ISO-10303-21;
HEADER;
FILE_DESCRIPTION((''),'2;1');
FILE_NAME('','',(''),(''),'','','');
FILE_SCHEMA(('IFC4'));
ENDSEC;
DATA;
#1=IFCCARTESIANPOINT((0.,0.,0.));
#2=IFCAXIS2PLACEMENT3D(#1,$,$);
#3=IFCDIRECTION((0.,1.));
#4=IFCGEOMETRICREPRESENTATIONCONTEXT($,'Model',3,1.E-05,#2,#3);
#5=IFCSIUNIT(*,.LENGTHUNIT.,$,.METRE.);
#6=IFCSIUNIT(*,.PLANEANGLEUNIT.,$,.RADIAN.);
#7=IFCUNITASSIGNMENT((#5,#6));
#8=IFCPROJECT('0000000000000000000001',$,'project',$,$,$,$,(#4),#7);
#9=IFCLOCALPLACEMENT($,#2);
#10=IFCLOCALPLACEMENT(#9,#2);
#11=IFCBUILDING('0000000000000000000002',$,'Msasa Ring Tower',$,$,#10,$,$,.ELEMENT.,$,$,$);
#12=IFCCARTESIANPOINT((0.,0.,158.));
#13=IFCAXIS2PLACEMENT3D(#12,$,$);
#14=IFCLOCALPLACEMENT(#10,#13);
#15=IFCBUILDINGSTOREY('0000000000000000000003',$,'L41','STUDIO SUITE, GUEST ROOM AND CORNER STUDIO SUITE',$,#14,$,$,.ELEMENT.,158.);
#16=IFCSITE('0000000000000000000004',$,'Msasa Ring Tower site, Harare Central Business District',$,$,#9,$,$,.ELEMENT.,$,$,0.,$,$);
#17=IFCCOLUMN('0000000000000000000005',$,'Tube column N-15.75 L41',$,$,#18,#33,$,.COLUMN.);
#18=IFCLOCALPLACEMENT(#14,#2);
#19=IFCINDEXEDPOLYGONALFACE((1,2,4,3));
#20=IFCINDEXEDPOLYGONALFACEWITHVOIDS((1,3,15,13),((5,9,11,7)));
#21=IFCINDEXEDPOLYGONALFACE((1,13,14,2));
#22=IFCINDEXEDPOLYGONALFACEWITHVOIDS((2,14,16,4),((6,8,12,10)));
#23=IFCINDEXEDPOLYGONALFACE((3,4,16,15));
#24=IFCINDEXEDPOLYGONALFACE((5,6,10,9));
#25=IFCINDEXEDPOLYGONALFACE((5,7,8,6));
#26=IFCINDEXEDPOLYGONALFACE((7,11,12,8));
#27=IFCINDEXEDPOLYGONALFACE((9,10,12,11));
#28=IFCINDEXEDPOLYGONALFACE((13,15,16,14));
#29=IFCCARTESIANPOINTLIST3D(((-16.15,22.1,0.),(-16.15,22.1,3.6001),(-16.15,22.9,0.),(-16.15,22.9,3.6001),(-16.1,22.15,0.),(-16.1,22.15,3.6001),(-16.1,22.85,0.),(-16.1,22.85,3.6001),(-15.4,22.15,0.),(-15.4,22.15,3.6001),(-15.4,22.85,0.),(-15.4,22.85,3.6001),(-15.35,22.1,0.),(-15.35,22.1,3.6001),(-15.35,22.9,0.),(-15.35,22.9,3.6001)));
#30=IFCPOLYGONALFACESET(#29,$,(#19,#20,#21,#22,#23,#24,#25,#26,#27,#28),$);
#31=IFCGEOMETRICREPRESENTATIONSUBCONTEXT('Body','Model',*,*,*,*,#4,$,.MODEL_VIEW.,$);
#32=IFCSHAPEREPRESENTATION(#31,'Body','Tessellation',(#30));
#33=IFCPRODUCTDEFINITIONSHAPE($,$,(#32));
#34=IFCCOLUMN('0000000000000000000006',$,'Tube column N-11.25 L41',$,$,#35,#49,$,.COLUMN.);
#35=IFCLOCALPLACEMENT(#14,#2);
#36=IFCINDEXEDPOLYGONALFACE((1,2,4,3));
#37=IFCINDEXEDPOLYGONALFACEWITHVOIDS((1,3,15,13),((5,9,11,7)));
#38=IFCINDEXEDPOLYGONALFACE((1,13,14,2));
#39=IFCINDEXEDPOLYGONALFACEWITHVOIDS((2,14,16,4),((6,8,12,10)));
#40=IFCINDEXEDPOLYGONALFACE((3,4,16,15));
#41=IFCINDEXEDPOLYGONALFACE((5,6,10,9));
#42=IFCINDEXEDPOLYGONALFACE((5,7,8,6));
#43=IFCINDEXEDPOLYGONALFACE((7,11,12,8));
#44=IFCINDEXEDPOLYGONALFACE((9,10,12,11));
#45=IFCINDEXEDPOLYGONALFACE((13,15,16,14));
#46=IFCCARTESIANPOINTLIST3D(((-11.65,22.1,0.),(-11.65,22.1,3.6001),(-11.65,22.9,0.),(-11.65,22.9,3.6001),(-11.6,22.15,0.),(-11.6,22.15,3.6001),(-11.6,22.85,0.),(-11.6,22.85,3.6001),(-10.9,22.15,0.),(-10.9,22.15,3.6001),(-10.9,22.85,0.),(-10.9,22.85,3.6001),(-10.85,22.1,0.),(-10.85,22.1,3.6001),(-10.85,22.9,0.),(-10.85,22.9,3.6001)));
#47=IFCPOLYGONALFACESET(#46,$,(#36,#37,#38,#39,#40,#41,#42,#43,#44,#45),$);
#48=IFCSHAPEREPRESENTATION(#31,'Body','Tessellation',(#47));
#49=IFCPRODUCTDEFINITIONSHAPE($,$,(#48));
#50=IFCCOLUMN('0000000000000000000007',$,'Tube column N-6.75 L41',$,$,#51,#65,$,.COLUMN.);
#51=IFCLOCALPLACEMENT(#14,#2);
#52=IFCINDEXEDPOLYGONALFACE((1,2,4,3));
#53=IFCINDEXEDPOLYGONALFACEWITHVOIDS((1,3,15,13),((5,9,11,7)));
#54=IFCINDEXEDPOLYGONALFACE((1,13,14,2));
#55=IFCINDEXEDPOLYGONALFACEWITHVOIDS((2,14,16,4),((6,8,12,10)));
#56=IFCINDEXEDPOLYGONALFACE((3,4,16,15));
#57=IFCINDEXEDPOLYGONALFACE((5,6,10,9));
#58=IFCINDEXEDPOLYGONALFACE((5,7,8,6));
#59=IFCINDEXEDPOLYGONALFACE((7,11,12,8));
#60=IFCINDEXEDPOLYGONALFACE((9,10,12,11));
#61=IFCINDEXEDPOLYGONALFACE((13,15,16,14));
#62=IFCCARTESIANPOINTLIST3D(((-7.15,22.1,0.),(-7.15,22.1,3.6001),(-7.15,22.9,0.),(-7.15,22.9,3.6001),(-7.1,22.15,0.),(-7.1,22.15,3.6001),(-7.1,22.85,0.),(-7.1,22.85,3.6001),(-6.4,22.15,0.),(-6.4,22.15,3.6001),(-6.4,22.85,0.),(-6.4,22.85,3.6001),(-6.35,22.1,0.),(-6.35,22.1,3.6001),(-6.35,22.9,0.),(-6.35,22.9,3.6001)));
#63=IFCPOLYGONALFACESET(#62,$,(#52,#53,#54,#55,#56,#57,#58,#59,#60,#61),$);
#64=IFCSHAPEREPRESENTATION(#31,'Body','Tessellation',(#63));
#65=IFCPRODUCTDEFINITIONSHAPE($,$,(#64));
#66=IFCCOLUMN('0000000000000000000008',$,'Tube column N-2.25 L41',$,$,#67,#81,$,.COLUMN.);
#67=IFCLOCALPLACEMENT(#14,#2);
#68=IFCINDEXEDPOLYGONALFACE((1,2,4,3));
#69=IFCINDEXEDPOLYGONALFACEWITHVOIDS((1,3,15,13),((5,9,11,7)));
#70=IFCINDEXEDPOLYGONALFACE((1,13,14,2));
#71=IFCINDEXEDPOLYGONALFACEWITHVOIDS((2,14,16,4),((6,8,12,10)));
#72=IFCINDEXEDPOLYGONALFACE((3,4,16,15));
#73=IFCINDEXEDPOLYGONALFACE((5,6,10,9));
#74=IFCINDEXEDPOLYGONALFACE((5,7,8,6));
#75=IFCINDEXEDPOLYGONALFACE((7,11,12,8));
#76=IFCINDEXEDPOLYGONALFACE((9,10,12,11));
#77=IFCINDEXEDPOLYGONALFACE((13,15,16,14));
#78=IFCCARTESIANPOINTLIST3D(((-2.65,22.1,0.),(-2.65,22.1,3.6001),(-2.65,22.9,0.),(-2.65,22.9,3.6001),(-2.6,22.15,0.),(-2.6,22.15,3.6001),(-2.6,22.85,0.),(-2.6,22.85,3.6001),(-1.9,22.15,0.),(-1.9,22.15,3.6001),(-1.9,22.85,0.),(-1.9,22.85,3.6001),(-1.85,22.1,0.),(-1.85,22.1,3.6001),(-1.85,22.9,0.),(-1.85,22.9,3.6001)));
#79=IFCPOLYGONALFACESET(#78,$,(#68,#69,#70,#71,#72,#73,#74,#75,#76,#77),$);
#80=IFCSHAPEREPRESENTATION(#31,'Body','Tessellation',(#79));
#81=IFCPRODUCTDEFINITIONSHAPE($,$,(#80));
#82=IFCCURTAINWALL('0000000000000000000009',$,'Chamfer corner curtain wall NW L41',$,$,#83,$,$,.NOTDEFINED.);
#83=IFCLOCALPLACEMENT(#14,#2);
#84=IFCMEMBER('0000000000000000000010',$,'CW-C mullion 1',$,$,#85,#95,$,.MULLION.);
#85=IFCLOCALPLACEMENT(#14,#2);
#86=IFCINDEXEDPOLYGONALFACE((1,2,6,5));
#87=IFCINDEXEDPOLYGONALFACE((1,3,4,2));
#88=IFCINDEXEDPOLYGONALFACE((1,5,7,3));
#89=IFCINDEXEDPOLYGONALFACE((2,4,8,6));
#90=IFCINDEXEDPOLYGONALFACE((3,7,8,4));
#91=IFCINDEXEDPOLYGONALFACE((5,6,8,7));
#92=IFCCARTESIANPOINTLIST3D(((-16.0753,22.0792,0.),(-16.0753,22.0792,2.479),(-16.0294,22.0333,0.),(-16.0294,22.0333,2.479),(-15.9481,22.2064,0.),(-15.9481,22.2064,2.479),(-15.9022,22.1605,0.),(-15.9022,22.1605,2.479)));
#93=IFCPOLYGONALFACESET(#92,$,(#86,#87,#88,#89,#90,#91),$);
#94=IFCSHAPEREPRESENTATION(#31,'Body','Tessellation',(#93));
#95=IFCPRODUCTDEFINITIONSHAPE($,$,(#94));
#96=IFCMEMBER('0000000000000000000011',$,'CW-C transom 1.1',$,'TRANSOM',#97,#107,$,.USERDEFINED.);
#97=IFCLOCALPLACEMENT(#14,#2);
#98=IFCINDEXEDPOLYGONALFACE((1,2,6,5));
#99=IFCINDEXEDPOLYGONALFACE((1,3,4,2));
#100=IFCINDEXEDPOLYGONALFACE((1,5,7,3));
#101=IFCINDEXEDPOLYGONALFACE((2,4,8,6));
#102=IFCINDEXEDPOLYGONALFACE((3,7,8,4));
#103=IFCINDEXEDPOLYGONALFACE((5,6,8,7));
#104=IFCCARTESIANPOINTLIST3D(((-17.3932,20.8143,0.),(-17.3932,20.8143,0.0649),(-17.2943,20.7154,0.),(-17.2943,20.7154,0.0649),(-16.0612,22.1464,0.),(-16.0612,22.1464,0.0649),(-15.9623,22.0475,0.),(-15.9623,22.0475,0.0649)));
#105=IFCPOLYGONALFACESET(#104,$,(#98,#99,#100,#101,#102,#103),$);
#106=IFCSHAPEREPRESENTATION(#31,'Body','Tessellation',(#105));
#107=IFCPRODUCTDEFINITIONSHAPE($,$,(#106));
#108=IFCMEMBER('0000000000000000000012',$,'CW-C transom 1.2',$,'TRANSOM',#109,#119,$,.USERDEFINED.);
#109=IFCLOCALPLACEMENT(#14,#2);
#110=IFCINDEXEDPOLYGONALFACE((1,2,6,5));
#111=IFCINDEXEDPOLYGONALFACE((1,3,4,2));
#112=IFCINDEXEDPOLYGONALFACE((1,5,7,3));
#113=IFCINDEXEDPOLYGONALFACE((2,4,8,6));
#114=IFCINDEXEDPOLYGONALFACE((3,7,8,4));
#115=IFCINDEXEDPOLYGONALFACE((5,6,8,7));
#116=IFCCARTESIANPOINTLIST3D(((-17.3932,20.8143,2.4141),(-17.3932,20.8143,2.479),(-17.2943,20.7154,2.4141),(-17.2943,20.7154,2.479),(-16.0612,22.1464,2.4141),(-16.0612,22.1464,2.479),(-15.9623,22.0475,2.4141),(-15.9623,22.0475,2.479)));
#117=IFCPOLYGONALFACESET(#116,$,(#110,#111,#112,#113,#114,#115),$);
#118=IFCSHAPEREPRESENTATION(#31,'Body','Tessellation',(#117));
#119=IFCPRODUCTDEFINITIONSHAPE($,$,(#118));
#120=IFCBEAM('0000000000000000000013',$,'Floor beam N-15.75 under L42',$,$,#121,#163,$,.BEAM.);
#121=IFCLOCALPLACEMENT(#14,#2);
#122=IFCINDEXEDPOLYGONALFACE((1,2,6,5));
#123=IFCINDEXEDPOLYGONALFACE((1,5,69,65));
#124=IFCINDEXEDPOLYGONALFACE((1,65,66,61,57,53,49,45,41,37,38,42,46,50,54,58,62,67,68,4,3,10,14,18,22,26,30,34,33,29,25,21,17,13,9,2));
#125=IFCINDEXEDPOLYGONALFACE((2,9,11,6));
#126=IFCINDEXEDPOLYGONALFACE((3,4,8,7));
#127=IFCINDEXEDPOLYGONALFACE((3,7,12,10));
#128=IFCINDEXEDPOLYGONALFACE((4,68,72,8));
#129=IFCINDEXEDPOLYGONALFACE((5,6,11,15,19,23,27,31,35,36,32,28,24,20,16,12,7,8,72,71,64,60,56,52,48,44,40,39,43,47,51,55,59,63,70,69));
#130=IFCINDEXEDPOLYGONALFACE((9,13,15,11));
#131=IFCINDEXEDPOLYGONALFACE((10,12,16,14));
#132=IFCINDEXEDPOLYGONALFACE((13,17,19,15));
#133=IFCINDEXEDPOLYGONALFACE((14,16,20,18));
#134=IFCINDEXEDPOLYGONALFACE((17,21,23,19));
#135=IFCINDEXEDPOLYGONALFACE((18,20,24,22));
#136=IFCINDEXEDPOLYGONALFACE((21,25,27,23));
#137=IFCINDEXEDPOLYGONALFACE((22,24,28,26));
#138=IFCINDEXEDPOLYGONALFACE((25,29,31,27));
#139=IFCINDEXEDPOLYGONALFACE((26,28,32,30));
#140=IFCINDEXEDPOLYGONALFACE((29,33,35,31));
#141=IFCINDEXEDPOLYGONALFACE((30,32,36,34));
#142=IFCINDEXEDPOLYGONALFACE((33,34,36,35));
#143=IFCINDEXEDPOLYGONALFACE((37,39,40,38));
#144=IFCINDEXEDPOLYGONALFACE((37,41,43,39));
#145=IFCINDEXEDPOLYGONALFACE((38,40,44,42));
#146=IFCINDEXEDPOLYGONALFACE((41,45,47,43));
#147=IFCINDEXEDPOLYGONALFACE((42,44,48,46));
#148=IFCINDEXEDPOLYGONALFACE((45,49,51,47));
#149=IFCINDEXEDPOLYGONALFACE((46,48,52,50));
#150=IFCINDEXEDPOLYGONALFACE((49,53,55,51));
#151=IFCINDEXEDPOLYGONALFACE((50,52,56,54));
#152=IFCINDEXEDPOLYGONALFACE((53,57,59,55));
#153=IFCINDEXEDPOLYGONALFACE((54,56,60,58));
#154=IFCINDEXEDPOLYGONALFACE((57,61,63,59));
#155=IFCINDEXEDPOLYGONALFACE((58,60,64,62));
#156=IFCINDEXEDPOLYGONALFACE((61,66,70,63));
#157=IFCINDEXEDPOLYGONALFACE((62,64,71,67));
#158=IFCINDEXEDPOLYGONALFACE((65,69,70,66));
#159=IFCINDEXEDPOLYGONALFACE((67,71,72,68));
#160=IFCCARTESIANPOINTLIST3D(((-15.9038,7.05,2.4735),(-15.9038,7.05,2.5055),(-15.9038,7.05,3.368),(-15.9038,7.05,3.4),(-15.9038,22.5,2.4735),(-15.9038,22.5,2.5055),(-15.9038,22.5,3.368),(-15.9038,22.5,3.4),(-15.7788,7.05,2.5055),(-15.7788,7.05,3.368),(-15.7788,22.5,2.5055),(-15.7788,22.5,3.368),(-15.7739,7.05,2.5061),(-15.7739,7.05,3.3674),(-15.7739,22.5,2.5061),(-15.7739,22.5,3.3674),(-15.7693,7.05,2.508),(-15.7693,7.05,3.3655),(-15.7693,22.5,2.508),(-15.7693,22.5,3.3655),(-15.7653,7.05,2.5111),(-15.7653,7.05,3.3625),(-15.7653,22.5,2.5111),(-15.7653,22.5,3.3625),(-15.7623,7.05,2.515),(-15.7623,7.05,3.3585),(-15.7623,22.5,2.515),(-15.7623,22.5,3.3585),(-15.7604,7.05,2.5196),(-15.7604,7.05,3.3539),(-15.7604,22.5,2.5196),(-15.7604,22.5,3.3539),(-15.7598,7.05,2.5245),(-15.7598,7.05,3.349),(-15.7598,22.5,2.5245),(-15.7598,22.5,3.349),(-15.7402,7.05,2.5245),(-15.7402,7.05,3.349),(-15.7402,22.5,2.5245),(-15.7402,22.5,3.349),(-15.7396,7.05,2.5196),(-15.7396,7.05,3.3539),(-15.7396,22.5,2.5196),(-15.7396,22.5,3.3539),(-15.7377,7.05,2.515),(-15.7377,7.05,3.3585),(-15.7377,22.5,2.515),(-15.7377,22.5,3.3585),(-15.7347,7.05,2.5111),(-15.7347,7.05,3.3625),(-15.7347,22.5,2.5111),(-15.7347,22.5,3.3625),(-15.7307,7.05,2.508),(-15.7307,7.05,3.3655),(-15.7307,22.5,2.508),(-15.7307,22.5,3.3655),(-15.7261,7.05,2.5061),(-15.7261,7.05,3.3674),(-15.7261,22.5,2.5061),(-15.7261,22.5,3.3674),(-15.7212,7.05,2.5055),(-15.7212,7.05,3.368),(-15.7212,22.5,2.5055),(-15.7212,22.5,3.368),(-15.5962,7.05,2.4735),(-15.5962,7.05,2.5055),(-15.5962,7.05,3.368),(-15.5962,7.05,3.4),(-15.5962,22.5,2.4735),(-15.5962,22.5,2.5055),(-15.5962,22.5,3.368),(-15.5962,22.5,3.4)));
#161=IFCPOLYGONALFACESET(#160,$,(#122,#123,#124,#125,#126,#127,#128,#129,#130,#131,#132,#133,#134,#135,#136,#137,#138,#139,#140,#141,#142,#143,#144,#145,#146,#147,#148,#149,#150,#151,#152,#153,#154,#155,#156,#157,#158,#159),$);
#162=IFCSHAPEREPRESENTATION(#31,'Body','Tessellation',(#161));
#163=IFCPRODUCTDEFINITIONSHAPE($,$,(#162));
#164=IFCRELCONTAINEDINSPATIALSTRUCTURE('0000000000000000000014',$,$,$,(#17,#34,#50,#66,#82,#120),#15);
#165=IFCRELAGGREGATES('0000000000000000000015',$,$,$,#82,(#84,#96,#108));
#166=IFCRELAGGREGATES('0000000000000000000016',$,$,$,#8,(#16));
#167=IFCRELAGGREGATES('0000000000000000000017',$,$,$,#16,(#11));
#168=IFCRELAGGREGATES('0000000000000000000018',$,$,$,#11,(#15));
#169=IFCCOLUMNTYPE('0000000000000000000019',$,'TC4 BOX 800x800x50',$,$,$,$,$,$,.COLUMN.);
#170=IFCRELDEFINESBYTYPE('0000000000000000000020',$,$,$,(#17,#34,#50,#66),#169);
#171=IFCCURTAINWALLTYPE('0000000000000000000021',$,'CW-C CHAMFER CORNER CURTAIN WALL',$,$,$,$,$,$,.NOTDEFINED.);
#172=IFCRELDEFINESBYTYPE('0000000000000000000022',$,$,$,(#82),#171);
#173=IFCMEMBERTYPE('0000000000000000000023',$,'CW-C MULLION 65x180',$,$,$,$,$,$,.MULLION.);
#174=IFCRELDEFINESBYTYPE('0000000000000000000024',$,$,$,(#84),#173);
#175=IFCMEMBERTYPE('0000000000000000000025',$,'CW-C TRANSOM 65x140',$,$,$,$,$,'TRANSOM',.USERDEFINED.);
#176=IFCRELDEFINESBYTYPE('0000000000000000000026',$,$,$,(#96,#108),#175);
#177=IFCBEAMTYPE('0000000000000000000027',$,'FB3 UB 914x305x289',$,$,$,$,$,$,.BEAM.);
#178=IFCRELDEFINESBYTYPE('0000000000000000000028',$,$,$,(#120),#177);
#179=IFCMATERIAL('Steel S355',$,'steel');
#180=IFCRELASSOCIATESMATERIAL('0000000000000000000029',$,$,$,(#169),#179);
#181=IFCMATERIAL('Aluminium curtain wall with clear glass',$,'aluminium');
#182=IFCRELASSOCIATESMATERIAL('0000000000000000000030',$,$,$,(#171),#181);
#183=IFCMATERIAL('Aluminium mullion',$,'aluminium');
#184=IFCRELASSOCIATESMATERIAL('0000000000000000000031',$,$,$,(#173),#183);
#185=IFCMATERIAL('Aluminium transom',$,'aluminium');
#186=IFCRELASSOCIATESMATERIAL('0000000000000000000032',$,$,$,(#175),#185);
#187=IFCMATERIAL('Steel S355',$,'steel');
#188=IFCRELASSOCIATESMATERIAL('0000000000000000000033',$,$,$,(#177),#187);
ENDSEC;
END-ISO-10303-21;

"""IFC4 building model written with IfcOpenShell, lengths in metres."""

from ifc_helpers import new_model, si_unit, direction, frame, origin, origin_2d, place, context, subcontext, project, spatial, rectangle, hollow_rectangle, i_section, extrude, material, material_profile, profile_set, type_object, element, aggregate, save


model = new_model("IFC4")

# Units and contexts
model_context = context("Model", 3, precision=1e-05, world=origin(), true_north=direction((0.0, 1.0)))
body_context = subcontext(model_context, "Body", "Model", "MODEL_VIEW")
ifc_project = project(units=[si_unit("LENGTHUNIT", "METRE"), si_unit("PLANEANGLEUNIT", "RADIAN")], contexts=[model_context])

# Site, building, storey
site_placement = place(None, origin())
site = spatial("IfcSite", under=ifc_project, at=site_placement, Name="Msasa Ring Tower site, Harare Central Business District", CompositionType="ELEMENT", RefElevation=0.0)
building_placement = place(site_placement, origin())
building = spatial("IfcBuilding", under=site, at=building_placement, Name="Msasa Ring Tower", CompositionType="ELEMENT")
storey_placement = place(building_placement, frame((0.0, 0.0, 158.0)))
storey = spatial("IfcBuildingStorey", under=building, at=storey_placement, Name="L41", Description="STUDIO SUITE, GUEST ROOM AND CORNER STUDIO SUITE", CompositionType="ELEMENT", Elevation=158.0)

# Columns
ifc_material_1 = material(Name="Steel S355", Category="steel")
ifc_material_profile_1 = material_profile(ifc_material_1, hollow_rectangle(XDim=0.8, YDim=0.8, WallThickness=0.05, at=origin_2d()), Name="BOX 800x800x50")
ifc_profile_set_1 = profile_set([ifc_material_profile_1], Name="Steel S355")
column_type = type_object("IfcColumnType", Name="TC4 BOX 800x800x50", PredefinedType="COLUMN", material=ifc_profile_set_1)
for number, where, z_axis, x_axis, name in (
    (1, (-15.75, 22.5, 0.0), (0.0, 0.0, 1.0), (0.0, 1.0, 0.0), "Tube column N-15.75 L41"),
    (2, (-11.25, 22.5, 0.0), (0.0, 0.0, 1.0), (0.0, 1.0, 0.0), "Tube column N-11.25 L41"),
    (3, (-6.75, 22.5, 0.0), (0.0, 0.0, 1.0), (0.0, 1.0, 0.0), "Tube column N-6.75 L41"),
    (4, (-2.25, 22.5, 0.0), (0.0, 0.0, 1.0), (0.0, 1.0, 0.0), "Tube column N-2.25 L41"),
):
    element("IfcColumn", number, at=place(storey_placement, frame(where, z_axis=z_axis, x_axis=x_axis)), inside=storey, type_object=column_type, Name=name, PredefinedType="COLUMN", context=body_context, shape_type="SweptSolid", body=[
        extrude(hollow_rectangle(XDim=0.8, YDim=0.8, WallThickness=0.05, at=origin_2d()), origin(), (0.0, 0.0, 1.0), 3.6001),
    ])

# Curtain wall, members
ifc_material_2 = material(Name="Aluminium curtain wall with clear glass", Category="aluminium")
curtain_wall_type = type_object("IfcCurtainWallType", Name="CW-C CHAMFER CORNER CURTAIN WALL", PredefinedType="NOTDEFINED", material=ifc_material_2)
curtain_wall_placement = place(storey_placement, origin())
curtain_wall = element("IfcCurtainWall", 5, at=curtain_wall_placement, inside=storey, type_object=curtain_wall_type, Name="Chamfer corner curtain wall NW L41", PredefinedType="NOTDEFINED")
ifc_material_3 = material(Name="Aluminium mullion", Category="aluminium")
ifc_material_profile_2 = material_profile(ifc_material_3, rectangle(XDim=0.0649, YDim=0.1799, at=origin_2d()), Name="AL 65x180")
ifc_profile_set_2 = profile_set([ifc_material_profile_2], Name="Aluminium mullion")
member_type_1 = type_object("IfcMemberType", Name="CW-C MULLION 65x180", PredefinedType="MULLION", material=ifc_profile_set_2)
member_1_placement = place(storey_placement, frame((-15.9888, 22.1199, 0.0), z_axis=(0.0, 0.0, 1.0), x_axis=(0.707107, -0.707107, 0.0)))
member_1 = element("IfcMember", 6, at=member_1_placement, type_object=member_type_1, Name="CW-C mullion 1", PredefinedType="MULLION", context=body_context, shape_type="SweptSolid", body=[
    extrude(rectangle(XDim=0.0649, YDim=0.1799, at=origin_2d()), origin(), (0.0, 0.0, 1.0), 2.479),
])
ifc_material_4 = material(Name="Aluminium transom", Category="aluminium")
ifc_material_profile_3 = material_profile(ifc_material_4, rectangle(XDim=0.1399, YDim=0.0649, at=origin_2d()), Name="AL 65x140")
ifc_profile_set_3 = profile_set([ifc_material_profile_3], Name="Aluminium transom")
member_type_2 = type_object("IfcMemberType", Name="CW-C TRANSOM 65x140", ElementType="TRANSOM", PredefinedType="USERDEFINED", material=ifc_profile_set_3)
member_2_placement = place(storey_placement, frame((-16.0117, 22.0969, 0.0325), z_axis=(-0.707107, -0.707107, 0.0), x_axis=(0.707107, -0.707107, 0.0)))
member_2 = element("IfcMember", 7, at=member_2_placement, type_object=member_type_2, Name="CW-C transom 1.1", ObjectType="TRANSOM", PredefinedType="USERDEFINED", context=body_context, shape_type="SweptSolid", body=[
    extrude(rectangle(XDim=0.1399, YDim=0.0649, at=origin_2d()), origin(), (0.0, 0.0, 1.0), 1.8838),
])
member_3_placement = place(storey_placement, frame((-16.0117, 22.0969, 2.4465), z_axis=(-0.707107, -0.707107, 0.0), x_axis=(0.707107, -0.707107, 0.0)))
member_3 = element("IfcMember", 8, at=member_3_placement, type_object=member_type_2, Name="CW-C transom 1.2", ObjectType="TRANSOM", PredefinedType="USERDEFINED", context=body_context, shape_type="SweptSolid", body=[
    extrude(rectangle(XDim=0.1399, YDim=0.0649, at=origin_2d()), origin(), (0.0, 0.0, 1.0), 1.8838),
])
aggregate(curtain_wall, [member_1, member_2, member_3])

# Beam
ifc_material_5 = material(Name="Steel S355", Category="steel")
ifc_material_profile_4 = material_profile(ifc_material_5, i_section(OverallWidth=0.3076, OverallDepth=0.9265, WebThickness=0.0195, FlangeThickness=0.032, FilletRadius=0.019, at=origin_2d()), Name="UB 914x305x289")
ifc_profile_set_4 = profile_set([ifc_material_profile_4], Name="Steel S355")
beam_type_1 = type_object("IfcBeamType", Name="FB3 UB 914x305x289", PredefinedType="BEAM", material=ifc_profile_set_4)
for number, where, z_axis, x_axis, name in (
    (9, (-15.75, 22.5, 2.9368), (0.0, -1.0, 0.0), (1.0, 0.0, 0.0), "Floor beam N-15.75 under L42"),
):
    element("IfcBeam", number, at=place(storey_placement, frame(where, z_axis=z_axis, x_axis=x_axis)), inside=storey, type_object=beam_type_1, Name=name, PredefinedType="BEAM", context=body_context, shape_type="SweptSolid", body=[
        extrude(i_section(OverallWidth=0.3076, OverallDepth=0.9265, WebThickness=0.0195, FlangeThickness=0.032, FilletRadius=0.019, at=origin_2d()), origin(), (0.0, 0.0, 1.0), 15.45),
    ])

save(model, "model.ifc")
